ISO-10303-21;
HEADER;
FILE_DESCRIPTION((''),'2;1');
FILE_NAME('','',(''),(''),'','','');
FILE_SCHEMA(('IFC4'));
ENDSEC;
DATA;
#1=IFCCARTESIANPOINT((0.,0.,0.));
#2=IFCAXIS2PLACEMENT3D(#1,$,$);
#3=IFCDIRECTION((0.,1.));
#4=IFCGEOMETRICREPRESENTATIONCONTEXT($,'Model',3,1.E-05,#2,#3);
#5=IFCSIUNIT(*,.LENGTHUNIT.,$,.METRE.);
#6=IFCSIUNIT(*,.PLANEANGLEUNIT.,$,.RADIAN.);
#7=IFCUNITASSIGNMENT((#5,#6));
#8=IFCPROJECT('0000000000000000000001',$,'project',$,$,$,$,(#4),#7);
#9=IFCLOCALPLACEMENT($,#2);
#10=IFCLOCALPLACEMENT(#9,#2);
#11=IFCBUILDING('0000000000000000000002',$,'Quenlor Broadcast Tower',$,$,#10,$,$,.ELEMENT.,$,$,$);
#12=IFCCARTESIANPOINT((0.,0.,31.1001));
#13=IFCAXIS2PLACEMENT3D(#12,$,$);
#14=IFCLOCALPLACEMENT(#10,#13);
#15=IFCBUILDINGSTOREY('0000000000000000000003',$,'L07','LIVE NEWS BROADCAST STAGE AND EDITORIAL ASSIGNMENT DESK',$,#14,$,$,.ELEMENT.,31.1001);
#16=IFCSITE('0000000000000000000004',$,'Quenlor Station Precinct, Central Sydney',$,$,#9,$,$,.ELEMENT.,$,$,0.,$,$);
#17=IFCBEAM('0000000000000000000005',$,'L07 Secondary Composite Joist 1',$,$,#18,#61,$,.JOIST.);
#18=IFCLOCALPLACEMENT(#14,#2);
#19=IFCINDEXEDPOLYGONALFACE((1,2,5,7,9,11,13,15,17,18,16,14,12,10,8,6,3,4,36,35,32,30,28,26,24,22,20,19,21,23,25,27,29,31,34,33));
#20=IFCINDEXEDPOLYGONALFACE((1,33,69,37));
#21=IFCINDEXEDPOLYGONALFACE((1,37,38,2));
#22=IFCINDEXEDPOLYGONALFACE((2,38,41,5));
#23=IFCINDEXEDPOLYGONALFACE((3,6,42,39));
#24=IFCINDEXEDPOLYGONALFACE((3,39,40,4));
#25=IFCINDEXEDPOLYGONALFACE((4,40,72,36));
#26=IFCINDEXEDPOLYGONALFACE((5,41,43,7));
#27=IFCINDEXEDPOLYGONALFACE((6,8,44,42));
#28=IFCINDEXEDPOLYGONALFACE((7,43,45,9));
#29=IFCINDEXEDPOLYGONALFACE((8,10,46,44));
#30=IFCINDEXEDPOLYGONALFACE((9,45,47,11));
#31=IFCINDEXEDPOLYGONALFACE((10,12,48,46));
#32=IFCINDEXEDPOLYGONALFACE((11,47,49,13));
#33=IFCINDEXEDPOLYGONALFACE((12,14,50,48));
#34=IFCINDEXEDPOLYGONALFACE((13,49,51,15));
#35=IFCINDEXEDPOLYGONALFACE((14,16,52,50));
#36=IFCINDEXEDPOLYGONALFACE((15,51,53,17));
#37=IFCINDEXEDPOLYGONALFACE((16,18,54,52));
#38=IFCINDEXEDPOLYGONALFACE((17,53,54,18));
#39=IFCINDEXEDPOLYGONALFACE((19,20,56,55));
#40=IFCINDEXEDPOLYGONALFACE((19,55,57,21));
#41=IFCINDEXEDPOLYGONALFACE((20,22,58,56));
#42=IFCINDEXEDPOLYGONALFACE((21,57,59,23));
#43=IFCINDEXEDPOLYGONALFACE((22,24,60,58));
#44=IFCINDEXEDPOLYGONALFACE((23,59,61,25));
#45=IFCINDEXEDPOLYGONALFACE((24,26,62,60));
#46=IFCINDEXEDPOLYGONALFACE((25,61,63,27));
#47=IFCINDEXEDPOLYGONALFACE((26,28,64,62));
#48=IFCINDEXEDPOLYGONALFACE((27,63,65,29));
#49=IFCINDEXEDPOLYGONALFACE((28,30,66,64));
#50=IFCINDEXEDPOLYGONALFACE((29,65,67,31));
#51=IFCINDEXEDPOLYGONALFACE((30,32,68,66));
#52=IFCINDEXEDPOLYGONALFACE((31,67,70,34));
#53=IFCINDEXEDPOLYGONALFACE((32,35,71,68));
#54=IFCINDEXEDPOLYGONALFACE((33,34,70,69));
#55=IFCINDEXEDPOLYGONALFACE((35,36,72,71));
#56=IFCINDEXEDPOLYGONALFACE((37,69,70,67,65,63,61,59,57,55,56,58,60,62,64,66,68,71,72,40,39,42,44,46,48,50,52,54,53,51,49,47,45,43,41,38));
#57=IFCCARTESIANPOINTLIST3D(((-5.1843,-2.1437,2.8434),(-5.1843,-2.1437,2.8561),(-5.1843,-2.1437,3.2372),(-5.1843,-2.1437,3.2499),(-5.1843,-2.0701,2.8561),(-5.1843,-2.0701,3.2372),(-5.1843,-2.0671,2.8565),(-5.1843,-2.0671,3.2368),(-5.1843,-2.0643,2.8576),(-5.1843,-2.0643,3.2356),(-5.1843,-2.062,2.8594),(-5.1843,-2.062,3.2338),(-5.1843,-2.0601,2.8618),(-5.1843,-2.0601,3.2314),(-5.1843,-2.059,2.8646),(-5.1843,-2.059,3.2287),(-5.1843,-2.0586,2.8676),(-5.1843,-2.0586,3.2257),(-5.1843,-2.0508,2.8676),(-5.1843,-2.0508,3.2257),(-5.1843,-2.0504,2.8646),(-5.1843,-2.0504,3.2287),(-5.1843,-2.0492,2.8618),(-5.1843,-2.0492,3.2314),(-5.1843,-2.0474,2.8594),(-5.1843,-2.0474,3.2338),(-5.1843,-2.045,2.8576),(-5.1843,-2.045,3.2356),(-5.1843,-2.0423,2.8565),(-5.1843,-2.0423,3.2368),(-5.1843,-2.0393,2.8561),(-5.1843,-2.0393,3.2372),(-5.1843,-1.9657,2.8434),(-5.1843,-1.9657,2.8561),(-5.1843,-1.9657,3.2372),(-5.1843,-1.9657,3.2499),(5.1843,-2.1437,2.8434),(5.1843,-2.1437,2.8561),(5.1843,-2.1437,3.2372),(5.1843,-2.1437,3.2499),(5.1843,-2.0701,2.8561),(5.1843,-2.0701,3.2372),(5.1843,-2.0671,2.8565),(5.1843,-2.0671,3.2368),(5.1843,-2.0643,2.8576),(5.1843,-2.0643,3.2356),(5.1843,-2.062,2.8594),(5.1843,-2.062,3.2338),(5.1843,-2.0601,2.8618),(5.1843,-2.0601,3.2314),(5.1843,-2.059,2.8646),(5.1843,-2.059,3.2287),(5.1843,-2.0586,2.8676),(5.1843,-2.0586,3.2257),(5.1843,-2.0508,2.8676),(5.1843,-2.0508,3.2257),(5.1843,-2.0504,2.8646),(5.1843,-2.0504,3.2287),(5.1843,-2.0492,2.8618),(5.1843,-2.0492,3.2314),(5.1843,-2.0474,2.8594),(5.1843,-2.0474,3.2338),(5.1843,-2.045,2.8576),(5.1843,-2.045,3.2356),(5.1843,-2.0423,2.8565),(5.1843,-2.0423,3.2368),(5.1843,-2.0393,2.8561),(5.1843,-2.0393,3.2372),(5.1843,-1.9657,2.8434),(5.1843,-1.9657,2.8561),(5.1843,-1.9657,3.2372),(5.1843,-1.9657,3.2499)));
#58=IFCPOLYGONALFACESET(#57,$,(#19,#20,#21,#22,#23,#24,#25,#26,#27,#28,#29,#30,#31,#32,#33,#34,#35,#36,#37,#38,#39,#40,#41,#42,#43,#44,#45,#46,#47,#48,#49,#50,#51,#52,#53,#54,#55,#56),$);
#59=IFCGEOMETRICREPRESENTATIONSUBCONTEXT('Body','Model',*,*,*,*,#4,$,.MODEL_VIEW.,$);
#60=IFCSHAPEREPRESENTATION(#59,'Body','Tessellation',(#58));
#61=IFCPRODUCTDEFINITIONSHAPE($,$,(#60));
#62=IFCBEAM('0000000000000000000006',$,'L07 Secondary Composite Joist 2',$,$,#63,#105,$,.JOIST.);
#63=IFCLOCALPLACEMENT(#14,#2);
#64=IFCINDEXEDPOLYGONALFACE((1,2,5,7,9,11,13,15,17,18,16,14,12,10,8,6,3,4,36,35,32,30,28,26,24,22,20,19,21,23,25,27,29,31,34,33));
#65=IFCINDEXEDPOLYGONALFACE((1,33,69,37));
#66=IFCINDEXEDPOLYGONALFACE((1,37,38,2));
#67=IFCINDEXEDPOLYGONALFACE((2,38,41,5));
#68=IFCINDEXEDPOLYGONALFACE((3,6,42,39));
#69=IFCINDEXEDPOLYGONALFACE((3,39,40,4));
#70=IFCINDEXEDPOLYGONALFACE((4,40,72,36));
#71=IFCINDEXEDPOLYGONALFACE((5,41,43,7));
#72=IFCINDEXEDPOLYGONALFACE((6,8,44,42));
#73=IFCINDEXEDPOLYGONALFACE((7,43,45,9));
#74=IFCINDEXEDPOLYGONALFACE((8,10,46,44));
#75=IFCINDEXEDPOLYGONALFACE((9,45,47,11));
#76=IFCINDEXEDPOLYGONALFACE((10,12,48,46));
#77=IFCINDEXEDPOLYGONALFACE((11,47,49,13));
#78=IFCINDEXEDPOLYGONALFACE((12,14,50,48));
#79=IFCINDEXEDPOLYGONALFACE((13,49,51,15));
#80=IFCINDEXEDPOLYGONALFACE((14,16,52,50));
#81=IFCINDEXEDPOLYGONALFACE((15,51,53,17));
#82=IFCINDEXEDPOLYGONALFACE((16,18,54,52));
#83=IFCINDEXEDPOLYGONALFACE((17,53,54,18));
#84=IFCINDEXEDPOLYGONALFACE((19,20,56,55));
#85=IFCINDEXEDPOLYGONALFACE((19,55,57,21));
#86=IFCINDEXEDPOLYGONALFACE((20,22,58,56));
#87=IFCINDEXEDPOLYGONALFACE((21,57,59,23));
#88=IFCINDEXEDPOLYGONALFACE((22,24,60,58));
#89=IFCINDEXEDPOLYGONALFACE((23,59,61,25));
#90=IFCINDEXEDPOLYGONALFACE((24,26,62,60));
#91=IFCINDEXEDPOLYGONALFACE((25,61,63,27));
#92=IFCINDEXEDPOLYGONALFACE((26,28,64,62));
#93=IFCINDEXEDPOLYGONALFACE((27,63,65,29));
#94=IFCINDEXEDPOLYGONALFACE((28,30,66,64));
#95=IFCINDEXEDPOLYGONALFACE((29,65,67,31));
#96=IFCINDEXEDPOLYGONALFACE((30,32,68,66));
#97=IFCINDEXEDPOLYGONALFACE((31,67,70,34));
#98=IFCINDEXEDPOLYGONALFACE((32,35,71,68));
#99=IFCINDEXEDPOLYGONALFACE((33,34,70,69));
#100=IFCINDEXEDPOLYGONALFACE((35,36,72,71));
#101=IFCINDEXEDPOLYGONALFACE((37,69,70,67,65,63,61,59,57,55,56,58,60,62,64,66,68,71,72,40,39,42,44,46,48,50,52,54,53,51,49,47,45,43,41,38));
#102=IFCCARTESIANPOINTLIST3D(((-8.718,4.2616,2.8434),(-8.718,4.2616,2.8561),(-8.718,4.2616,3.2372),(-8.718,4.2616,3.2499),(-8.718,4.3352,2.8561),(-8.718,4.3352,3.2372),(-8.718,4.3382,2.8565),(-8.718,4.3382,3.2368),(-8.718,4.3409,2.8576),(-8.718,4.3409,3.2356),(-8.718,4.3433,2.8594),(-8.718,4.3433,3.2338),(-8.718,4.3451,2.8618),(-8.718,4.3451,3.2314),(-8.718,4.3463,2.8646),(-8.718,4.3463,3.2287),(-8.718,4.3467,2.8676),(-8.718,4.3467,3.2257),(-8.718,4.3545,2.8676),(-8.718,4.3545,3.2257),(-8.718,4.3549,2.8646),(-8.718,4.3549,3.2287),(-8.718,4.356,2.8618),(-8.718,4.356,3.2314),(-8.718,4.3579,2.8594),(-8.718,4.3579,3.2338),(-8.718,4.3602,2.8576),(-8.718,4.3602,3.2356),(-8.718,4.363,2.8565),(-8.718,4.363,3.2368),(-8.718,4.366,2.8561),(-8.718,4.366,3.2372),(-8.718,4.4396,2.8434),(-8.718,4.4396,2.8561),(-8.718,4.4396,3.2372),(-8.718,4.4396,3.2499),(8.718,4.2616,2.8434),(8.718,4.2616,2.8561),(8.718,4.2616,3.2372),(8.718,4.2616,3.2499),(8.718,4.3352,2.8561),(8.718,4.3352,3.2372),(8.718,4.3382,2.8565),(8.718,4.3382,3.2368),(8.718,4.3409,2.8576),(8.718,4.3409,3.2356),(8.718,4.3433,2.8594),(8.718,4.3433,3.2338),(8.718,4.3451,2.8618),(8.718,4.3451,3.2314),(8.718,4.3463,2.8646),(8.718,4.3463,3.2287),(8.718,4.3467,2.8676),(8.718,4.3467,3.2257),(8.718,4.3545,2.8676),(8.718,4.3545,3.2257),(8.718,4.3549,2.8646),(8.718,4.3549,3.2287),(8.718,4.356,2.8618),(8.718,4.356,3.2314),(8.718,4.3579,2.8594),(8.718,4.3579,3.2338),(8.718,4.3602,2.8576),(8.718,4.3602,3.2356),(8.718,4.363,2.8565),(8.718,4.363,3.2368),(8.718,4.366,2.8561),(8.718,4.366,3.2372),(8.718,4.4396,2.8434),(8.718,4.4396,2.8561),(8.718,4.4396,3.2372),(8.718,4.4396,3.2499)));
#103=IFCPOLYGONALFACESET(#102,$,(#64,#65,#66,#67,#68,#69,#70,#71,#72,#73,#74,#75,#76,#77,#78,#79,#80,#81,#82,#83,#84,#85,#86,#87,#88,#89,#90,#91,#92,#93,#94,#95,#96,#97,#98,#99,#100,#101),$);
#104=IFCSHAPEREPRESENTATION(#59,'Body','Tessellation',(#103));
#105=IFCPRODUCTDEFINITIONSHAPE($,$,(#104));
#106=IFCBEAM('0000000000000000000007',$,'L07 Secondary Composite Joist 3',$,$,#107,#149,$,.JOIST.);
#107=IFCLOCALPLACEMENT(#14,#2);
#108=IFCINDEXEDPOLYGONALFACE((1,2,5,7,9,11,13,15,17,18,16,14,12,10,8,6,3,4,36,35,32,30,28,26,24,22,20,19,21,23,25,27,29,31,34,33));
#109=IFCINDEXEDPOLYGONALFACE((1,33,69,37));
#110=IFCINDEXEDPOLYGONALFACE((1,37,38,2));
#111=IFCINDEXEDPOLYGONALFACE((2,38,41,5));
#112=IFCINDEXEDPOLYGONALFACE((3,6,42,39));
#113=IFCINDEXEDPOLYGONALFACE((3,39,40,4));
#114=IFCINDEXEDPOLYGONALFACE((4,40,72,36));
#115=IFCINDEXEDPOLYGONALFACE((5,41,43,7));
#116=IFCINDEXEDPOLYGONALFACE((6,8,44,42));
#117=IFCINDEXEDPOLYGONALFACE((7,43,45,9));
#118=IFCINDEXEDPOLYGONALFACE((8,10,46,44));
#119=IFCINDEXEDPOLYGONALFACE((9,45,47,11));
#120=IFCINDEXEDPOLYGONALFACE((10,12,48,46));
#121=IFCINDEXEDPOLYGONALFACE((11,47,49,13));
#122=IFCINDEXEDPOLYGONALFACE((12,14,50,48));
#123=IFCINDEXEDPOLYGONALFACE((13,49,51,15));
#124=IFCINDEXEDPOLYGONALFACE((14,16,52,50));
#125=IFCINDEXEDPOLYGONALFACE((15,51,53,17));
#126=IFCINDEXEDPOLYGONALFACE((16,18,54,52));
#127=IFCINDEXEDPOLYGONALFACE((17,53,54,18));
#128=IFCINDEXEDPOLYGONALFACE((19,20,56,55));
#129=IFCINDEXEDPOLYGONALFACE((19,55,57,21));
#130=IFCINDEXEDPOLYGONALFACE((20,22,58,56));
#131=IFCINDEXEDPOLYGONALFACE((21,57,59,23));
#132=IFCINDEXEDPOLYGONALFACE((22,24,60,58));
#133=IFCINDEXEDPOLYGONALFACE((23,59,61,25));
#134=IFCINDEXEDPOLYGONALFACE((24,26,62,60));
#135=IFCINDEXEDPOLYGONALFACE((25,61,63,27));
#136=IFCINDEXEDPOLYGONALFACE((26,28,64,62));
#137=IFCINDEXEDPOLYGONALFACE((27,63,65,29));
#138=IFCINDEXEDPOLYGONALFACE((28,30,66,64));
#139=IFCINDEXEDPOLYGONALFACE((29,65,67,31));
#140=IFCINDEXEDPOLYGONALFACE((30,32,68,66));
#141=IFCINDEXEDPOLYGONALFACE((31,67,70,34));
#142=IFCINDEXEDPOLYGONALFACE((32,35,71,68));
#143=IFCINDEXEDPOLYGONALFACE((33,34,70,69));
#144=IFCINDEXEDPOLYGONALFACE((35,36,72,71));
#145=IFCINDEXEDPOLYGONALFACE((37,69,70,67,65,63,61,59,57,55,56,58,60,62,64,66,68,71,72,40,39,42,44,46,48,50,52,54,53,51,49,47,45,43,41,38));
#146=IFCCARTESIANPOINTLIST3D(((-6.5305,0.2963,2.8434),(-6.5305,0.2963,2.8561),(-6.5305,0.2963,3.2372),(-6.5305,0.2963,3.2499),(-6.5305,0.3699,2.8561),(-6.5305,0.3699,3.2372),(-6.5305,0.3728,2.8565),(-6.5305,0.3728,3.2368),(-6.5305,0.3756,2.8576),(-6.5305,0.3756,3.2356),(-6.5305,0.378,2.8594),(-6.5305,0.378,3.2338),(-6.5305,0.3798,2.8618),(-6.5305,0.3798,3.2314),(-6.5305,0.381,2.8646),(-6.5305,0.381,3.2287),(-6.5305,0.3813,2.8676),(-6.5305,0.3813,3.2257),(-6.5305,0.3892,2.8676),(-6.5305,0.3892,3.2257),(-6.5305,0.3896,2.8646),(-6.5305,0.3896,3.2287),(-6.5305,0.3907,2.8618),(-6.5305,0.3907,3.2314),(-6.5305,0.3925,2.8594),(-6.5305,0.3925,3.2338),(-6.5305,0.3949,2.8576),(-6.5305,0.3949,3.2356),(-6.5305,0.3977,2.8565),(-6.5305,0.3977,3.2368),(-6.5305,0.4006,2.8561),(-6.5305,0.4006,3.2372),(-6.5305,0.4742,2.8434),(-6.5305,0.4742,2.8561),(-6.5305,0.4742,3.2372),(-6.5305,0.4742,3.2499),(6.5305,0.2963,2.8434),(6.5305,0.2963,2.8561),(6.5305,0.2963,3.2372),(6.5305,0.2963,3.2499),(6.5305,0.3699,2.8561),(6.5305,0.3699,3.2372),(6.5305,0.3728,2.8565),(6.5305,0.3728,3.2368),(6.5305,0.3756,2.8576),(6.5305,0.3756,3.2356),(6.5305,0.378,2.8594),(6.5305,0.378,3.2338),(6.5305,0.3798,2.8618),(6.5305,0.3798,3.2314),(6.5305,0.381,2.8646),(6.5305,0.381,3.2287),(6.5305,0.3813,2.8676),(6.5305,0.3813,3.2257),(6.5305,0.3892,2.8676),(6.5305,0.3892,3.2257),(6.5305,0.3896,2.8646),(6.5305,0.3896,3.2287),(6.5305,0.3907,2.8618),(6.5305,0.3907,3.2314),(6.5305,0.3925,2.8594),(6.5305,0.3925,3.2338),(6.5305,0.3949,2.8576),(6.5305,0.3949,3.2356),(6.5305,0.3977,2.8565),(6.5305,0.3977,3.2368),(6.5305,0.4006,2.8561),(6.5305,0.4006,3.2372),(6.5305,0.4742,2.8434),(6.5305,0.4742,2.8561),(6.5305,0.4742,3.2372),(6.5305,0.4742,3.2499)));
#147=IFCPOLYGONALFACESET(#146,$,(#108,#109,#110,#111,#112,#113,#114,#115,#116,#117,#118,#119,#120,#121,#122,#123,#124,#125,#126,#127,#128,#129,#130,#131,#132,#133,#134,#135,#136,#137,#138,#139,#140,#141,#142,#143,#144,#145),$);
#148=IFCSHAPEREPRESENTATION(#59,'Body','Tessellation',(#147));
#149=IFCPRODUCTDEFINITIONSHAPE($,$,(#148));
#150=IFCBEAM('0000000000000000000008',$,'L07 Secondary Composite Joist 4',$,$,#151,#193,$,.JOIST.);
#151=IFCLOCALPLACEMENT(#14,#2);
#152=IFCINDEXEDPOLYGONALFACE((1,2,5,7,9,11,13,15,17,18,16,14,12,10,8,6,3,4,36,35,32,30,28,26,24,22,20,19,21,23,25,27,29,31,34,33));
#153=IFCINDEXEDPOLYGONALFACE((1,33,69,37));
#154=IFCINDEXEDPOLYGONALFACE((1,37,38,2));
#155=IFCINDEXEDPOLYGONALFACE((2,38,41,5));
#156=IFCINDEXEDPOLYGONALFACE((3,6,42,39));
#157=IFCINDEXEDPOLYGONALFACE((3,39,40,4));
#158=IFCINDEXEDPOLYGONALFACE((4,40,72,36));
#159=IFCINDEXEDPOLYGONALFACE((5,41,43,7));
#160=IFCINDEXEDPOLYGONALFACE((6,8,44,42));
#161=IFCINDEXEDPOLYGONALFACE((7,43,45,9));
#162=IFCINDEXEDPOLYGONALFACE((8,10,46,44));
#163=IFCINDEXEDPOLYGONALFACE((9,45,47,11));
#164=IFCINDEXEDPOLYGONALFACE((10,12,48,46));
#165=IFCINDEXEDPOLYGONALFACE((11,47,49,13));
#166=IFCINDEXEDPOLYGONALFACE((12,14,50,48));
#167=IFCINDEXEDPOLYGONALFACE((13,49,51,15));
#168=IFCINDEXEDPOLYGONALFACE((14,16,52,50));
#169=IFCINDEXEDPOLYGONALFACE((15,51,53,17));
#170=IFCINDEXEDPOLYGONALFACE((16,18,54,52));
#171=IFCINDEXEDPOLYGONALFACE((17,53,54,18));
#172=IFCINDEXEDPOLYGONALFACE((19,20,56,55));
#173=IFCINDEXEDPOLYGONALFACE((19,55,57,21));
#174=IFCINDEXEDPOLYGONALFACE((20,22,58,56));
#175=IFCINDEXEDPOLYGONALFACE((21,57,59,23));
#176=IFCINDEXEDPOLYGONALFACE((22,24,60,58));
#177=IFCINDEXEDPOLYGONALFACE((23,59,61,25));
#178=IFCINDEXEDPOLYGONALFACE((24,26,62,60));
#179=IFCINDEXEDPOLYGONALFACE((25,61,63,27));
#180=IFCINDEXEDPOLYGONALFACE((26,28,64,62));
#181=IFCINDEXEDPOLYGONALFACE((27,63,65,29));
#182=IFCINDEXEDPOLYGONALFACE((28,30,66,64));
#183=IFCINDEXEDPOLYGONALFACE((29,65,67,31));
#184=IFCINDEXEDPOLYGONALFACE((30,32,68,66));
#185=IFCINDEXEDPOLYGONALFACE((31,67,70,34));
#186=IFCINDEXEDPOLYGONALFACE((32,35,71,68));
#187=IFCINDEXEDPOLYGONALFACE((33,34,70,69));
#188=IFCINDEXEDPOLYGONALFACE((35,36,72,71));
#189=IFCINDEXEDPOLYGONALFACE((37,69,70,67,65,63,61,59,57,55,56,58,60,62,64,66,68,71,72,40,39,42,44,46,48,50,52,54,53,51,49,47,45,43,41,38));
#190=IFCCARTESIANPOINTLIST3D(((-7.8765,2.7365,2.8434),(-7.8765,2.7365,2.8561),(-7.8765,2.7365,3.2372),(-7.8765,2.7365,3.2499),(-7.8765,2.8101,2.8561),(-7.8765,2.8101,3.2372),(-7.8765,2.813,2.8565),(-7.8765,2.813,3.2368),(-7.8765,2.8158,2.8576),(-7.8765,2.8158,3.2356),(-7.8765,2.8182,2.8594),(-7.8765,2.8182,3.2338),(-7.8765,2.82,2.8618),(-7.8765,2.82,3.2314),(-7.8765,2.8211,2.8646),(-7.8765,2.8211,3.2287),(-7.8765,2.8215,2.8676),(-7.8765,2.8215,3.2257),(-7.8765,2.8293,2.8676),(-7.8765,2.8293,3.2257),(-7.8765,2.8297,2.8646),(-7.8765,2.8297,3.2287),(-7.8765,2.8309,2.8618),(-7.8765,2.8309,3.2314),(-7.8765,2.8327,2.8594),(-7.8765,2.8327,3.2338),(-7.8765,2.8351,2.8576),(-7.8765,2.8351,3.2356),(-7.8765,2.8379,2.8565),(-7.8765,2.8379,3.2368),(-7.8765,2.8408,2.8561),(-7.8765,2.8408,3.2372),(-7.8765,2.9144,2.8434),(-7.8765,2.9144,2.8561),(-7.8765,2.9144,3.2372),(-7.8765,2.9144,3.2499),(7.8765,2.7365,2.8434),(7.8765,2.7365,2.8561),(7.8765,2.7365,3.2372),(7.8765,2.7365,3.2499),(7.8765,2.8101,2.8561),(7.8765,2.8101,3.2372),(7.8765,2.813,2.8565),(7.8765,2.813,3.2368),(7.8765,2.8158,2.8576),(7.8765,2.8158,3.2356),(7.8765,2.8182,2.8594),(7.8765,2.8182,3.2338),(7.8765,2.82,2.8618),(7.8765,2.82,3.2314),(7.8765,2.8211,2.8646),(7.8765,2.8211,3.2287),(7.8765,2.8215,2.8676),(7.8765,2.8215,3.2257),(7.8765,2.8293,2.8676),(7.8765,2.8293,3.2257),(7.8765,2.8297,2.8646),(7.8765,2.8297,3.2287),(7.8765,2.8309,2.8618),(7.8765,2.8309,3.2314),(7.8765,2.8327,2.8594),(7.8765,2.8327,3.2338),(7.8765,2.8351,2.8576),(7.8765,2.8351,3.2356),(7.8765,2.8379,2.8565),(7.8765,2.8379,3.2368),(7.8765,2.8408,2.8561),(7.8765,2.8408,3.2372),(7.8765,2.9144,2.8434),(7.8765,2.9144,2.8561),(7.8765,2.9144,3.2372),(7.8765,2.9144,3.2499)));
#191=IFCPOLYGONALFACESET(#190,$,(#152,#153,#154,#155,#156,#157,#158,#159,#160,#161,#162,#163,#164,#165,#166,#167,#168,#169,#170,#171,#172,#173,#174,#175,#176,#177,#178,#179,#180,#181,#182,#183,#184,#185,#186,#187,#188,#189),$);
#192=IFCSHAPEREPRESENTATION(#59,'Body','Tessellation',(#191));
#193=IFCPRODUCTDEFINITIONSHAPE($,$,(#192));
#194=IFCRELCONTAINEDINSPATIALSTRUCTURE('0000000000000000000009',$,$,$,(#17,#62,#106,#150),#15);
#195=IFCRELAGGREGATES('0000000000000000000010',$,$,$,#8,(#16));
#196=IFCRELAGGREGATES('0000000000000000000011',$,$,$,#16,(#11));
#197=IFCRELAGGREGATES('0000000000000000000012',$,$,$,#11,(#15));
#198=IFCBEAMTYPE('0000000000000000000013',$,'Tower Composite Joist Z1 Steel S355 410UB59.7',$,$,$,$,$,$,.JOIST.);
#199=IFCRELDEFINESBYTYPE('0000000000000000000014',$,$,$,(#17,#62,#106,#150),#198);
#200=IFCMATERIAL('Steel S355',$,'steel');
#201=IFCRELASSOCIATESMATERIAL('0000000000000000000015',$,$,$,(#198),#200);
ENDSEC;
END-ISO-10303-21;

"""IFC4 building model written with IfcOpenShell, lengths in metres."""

from ifc_helpers import new_model, si_unit, direction, frame, origin, origin_2d, place, context, subcontext, project, spatial, i_section, extrude, material, material_profile, profile_set, type_object, element, save


model = new_model("IFC4")

# Units and contexts
model_context = context("Model", 3, precision=1e-05, world=origin(), true_north=direction((0.0, 1.0)))
body_context = subcontext(model_context, "Body", "Model", "MODEL_VIEW")
ifc_project = project(units=[si_unit("LENGTHUNIT", "METRE"), si_unit("PLANEANGLEUNIT", "RADIAN")], contexts=[model_context])

# Site, building, storey
site_placement = place(None, origin())
site = spatial("IfcSite", under=ifc_project, at=site_placement, Name="Quenlor Station Precinct, Central Sydney", CompositionType="ELEMENT", RefElevation=0.0)
building_placement = place(site_placement, origin())
building = spatial("IfcBuilding", under=site, at=building_placement, Name="Quenlor Broadcast Tower", CompositionType="ELEMENT")
storey_placement = place(building_placement, frame((0.0, 0.0, 31.1001)))
storey = spatial("IfcBuildingStorey", under=building, at=storey_placement, Name="L07", Description="LIVE NEWS BROADCAST STAGE AND EDITORIAL ASSIGNMENT DESK", CompositionType="ELEMENT", Elevation=31.1001)

# Beams
ifc_material_1 = material(Name="Steel S355", Category="steel")
ifc_material_profile = material_profile(ifc_material_1, i_section(OverallWidth=0.178, OverallDepth=0.4065, WebThickness=0.0078, FlangeThickness=0.0127, FilletRadius=0.0115, at=origin_2d()))
ifc_profile_set = profile_set([ifc_material_profile], Name="Steel S355 410UB59.7")
beam_type = type_object("IfcBeamType", Name="Tower Composite Joist Z1 Steel S355 410UB59.7", PredefinedType="JOIST", material=ifc_profile_set)
beam_1_placement = place(storey_placement, frame((-5.1843, -2.0547, 3.0466), z_axis=(1.0, 0.0, 0.0), x_axis=(0.0, 1.0, 0.0)))
element("IfcBeam", 1, at=beam_1_placement, inside=storey, type_object=beam_type, Name="L07 Secondary Composite Joist 1", PredefinedType="JOIST", context=body_context, shape_type="SweptSolid", body=[
    extrude(i_section(OverallWidth=0.178, OverallDepth=0.4065, WebThickness=0.0078, FlangeThickness=0.0127, FilletRadius=0.0115, at=origin_2d()), origin(), (0.0, 0.0, 1.0), 10.3687),
])
beam_2_placement = place(storey_placement, frame((-8.718, 4.3506, 3.0466), z_axis=(1.0, 0.0, 0.0), x_axis=(0.0, 1.0, 0.0)))
element("IfcBeam", 2, at=beam_2_placement, inside=storey, type_object=beam_type, Name="L07 Secondary Composite Joist 2", PredefinedType="JOIST", context=body_context, shape_type="SweptSolid", body=[
    extrude(i_section(OverallWidth=0.178, OverallDepth=0.4065, WebThickness=0.0078, FlangeThickness=0.0127, FilletRadius=0.0115, at=origin_2d()), origin(), (0.0, 0.0, 1.0), 17.436),
])
beam_3_placement = place(storey_placement, frame((-6.5305, 0.3853, 3.0466), z_axis=(1.0, 0.0, 0.0), x_axis=(0.0, 1.0, 0.0)))
element("IfcBeam", 3, at=beam_3_placement, inside=storey, type_object=beam_type, Name="L07 Secondary Composite Joist 3", PredefinedType="JOIST", context=body_context, shape_type="SweptSolid", body=[
    extrude(i_section(OverallWidth=0.178, OverallDepth=0.4065, WebThickness=0.0078, FlangeThickness=0.0127, FilletRadius=0.0115, at=origin_2d()), origin(), (0.0, 0.0, 1.0), 13.061),
])
beam_4_placement = place(storey_placement, frame((-7.8765, 2.8254, 3.0466), z_axis=(1.0, 0.0, 0.0), x_axis=(0.0, 1.0, 0.0)))
element("IfcBeam", 4, at=beam_4_placement, inside=storey, type_object=beam_type, Name="L07 Secondary Composite Joist 4", PredefinedType="JOIST", context=body_context, shape_type="SweptSolid", body=[
    extrude(i_section(OverallWidth=0.178, OverallDepth=0.4065, WebThickness=0.0078, FlangeThickness=0.0127, FilletRadius=0.0115, at=origin_2d()), origin(), (0.0, 0.0, 1.0), 15.7529),
])

save(model, "model.ifc")
